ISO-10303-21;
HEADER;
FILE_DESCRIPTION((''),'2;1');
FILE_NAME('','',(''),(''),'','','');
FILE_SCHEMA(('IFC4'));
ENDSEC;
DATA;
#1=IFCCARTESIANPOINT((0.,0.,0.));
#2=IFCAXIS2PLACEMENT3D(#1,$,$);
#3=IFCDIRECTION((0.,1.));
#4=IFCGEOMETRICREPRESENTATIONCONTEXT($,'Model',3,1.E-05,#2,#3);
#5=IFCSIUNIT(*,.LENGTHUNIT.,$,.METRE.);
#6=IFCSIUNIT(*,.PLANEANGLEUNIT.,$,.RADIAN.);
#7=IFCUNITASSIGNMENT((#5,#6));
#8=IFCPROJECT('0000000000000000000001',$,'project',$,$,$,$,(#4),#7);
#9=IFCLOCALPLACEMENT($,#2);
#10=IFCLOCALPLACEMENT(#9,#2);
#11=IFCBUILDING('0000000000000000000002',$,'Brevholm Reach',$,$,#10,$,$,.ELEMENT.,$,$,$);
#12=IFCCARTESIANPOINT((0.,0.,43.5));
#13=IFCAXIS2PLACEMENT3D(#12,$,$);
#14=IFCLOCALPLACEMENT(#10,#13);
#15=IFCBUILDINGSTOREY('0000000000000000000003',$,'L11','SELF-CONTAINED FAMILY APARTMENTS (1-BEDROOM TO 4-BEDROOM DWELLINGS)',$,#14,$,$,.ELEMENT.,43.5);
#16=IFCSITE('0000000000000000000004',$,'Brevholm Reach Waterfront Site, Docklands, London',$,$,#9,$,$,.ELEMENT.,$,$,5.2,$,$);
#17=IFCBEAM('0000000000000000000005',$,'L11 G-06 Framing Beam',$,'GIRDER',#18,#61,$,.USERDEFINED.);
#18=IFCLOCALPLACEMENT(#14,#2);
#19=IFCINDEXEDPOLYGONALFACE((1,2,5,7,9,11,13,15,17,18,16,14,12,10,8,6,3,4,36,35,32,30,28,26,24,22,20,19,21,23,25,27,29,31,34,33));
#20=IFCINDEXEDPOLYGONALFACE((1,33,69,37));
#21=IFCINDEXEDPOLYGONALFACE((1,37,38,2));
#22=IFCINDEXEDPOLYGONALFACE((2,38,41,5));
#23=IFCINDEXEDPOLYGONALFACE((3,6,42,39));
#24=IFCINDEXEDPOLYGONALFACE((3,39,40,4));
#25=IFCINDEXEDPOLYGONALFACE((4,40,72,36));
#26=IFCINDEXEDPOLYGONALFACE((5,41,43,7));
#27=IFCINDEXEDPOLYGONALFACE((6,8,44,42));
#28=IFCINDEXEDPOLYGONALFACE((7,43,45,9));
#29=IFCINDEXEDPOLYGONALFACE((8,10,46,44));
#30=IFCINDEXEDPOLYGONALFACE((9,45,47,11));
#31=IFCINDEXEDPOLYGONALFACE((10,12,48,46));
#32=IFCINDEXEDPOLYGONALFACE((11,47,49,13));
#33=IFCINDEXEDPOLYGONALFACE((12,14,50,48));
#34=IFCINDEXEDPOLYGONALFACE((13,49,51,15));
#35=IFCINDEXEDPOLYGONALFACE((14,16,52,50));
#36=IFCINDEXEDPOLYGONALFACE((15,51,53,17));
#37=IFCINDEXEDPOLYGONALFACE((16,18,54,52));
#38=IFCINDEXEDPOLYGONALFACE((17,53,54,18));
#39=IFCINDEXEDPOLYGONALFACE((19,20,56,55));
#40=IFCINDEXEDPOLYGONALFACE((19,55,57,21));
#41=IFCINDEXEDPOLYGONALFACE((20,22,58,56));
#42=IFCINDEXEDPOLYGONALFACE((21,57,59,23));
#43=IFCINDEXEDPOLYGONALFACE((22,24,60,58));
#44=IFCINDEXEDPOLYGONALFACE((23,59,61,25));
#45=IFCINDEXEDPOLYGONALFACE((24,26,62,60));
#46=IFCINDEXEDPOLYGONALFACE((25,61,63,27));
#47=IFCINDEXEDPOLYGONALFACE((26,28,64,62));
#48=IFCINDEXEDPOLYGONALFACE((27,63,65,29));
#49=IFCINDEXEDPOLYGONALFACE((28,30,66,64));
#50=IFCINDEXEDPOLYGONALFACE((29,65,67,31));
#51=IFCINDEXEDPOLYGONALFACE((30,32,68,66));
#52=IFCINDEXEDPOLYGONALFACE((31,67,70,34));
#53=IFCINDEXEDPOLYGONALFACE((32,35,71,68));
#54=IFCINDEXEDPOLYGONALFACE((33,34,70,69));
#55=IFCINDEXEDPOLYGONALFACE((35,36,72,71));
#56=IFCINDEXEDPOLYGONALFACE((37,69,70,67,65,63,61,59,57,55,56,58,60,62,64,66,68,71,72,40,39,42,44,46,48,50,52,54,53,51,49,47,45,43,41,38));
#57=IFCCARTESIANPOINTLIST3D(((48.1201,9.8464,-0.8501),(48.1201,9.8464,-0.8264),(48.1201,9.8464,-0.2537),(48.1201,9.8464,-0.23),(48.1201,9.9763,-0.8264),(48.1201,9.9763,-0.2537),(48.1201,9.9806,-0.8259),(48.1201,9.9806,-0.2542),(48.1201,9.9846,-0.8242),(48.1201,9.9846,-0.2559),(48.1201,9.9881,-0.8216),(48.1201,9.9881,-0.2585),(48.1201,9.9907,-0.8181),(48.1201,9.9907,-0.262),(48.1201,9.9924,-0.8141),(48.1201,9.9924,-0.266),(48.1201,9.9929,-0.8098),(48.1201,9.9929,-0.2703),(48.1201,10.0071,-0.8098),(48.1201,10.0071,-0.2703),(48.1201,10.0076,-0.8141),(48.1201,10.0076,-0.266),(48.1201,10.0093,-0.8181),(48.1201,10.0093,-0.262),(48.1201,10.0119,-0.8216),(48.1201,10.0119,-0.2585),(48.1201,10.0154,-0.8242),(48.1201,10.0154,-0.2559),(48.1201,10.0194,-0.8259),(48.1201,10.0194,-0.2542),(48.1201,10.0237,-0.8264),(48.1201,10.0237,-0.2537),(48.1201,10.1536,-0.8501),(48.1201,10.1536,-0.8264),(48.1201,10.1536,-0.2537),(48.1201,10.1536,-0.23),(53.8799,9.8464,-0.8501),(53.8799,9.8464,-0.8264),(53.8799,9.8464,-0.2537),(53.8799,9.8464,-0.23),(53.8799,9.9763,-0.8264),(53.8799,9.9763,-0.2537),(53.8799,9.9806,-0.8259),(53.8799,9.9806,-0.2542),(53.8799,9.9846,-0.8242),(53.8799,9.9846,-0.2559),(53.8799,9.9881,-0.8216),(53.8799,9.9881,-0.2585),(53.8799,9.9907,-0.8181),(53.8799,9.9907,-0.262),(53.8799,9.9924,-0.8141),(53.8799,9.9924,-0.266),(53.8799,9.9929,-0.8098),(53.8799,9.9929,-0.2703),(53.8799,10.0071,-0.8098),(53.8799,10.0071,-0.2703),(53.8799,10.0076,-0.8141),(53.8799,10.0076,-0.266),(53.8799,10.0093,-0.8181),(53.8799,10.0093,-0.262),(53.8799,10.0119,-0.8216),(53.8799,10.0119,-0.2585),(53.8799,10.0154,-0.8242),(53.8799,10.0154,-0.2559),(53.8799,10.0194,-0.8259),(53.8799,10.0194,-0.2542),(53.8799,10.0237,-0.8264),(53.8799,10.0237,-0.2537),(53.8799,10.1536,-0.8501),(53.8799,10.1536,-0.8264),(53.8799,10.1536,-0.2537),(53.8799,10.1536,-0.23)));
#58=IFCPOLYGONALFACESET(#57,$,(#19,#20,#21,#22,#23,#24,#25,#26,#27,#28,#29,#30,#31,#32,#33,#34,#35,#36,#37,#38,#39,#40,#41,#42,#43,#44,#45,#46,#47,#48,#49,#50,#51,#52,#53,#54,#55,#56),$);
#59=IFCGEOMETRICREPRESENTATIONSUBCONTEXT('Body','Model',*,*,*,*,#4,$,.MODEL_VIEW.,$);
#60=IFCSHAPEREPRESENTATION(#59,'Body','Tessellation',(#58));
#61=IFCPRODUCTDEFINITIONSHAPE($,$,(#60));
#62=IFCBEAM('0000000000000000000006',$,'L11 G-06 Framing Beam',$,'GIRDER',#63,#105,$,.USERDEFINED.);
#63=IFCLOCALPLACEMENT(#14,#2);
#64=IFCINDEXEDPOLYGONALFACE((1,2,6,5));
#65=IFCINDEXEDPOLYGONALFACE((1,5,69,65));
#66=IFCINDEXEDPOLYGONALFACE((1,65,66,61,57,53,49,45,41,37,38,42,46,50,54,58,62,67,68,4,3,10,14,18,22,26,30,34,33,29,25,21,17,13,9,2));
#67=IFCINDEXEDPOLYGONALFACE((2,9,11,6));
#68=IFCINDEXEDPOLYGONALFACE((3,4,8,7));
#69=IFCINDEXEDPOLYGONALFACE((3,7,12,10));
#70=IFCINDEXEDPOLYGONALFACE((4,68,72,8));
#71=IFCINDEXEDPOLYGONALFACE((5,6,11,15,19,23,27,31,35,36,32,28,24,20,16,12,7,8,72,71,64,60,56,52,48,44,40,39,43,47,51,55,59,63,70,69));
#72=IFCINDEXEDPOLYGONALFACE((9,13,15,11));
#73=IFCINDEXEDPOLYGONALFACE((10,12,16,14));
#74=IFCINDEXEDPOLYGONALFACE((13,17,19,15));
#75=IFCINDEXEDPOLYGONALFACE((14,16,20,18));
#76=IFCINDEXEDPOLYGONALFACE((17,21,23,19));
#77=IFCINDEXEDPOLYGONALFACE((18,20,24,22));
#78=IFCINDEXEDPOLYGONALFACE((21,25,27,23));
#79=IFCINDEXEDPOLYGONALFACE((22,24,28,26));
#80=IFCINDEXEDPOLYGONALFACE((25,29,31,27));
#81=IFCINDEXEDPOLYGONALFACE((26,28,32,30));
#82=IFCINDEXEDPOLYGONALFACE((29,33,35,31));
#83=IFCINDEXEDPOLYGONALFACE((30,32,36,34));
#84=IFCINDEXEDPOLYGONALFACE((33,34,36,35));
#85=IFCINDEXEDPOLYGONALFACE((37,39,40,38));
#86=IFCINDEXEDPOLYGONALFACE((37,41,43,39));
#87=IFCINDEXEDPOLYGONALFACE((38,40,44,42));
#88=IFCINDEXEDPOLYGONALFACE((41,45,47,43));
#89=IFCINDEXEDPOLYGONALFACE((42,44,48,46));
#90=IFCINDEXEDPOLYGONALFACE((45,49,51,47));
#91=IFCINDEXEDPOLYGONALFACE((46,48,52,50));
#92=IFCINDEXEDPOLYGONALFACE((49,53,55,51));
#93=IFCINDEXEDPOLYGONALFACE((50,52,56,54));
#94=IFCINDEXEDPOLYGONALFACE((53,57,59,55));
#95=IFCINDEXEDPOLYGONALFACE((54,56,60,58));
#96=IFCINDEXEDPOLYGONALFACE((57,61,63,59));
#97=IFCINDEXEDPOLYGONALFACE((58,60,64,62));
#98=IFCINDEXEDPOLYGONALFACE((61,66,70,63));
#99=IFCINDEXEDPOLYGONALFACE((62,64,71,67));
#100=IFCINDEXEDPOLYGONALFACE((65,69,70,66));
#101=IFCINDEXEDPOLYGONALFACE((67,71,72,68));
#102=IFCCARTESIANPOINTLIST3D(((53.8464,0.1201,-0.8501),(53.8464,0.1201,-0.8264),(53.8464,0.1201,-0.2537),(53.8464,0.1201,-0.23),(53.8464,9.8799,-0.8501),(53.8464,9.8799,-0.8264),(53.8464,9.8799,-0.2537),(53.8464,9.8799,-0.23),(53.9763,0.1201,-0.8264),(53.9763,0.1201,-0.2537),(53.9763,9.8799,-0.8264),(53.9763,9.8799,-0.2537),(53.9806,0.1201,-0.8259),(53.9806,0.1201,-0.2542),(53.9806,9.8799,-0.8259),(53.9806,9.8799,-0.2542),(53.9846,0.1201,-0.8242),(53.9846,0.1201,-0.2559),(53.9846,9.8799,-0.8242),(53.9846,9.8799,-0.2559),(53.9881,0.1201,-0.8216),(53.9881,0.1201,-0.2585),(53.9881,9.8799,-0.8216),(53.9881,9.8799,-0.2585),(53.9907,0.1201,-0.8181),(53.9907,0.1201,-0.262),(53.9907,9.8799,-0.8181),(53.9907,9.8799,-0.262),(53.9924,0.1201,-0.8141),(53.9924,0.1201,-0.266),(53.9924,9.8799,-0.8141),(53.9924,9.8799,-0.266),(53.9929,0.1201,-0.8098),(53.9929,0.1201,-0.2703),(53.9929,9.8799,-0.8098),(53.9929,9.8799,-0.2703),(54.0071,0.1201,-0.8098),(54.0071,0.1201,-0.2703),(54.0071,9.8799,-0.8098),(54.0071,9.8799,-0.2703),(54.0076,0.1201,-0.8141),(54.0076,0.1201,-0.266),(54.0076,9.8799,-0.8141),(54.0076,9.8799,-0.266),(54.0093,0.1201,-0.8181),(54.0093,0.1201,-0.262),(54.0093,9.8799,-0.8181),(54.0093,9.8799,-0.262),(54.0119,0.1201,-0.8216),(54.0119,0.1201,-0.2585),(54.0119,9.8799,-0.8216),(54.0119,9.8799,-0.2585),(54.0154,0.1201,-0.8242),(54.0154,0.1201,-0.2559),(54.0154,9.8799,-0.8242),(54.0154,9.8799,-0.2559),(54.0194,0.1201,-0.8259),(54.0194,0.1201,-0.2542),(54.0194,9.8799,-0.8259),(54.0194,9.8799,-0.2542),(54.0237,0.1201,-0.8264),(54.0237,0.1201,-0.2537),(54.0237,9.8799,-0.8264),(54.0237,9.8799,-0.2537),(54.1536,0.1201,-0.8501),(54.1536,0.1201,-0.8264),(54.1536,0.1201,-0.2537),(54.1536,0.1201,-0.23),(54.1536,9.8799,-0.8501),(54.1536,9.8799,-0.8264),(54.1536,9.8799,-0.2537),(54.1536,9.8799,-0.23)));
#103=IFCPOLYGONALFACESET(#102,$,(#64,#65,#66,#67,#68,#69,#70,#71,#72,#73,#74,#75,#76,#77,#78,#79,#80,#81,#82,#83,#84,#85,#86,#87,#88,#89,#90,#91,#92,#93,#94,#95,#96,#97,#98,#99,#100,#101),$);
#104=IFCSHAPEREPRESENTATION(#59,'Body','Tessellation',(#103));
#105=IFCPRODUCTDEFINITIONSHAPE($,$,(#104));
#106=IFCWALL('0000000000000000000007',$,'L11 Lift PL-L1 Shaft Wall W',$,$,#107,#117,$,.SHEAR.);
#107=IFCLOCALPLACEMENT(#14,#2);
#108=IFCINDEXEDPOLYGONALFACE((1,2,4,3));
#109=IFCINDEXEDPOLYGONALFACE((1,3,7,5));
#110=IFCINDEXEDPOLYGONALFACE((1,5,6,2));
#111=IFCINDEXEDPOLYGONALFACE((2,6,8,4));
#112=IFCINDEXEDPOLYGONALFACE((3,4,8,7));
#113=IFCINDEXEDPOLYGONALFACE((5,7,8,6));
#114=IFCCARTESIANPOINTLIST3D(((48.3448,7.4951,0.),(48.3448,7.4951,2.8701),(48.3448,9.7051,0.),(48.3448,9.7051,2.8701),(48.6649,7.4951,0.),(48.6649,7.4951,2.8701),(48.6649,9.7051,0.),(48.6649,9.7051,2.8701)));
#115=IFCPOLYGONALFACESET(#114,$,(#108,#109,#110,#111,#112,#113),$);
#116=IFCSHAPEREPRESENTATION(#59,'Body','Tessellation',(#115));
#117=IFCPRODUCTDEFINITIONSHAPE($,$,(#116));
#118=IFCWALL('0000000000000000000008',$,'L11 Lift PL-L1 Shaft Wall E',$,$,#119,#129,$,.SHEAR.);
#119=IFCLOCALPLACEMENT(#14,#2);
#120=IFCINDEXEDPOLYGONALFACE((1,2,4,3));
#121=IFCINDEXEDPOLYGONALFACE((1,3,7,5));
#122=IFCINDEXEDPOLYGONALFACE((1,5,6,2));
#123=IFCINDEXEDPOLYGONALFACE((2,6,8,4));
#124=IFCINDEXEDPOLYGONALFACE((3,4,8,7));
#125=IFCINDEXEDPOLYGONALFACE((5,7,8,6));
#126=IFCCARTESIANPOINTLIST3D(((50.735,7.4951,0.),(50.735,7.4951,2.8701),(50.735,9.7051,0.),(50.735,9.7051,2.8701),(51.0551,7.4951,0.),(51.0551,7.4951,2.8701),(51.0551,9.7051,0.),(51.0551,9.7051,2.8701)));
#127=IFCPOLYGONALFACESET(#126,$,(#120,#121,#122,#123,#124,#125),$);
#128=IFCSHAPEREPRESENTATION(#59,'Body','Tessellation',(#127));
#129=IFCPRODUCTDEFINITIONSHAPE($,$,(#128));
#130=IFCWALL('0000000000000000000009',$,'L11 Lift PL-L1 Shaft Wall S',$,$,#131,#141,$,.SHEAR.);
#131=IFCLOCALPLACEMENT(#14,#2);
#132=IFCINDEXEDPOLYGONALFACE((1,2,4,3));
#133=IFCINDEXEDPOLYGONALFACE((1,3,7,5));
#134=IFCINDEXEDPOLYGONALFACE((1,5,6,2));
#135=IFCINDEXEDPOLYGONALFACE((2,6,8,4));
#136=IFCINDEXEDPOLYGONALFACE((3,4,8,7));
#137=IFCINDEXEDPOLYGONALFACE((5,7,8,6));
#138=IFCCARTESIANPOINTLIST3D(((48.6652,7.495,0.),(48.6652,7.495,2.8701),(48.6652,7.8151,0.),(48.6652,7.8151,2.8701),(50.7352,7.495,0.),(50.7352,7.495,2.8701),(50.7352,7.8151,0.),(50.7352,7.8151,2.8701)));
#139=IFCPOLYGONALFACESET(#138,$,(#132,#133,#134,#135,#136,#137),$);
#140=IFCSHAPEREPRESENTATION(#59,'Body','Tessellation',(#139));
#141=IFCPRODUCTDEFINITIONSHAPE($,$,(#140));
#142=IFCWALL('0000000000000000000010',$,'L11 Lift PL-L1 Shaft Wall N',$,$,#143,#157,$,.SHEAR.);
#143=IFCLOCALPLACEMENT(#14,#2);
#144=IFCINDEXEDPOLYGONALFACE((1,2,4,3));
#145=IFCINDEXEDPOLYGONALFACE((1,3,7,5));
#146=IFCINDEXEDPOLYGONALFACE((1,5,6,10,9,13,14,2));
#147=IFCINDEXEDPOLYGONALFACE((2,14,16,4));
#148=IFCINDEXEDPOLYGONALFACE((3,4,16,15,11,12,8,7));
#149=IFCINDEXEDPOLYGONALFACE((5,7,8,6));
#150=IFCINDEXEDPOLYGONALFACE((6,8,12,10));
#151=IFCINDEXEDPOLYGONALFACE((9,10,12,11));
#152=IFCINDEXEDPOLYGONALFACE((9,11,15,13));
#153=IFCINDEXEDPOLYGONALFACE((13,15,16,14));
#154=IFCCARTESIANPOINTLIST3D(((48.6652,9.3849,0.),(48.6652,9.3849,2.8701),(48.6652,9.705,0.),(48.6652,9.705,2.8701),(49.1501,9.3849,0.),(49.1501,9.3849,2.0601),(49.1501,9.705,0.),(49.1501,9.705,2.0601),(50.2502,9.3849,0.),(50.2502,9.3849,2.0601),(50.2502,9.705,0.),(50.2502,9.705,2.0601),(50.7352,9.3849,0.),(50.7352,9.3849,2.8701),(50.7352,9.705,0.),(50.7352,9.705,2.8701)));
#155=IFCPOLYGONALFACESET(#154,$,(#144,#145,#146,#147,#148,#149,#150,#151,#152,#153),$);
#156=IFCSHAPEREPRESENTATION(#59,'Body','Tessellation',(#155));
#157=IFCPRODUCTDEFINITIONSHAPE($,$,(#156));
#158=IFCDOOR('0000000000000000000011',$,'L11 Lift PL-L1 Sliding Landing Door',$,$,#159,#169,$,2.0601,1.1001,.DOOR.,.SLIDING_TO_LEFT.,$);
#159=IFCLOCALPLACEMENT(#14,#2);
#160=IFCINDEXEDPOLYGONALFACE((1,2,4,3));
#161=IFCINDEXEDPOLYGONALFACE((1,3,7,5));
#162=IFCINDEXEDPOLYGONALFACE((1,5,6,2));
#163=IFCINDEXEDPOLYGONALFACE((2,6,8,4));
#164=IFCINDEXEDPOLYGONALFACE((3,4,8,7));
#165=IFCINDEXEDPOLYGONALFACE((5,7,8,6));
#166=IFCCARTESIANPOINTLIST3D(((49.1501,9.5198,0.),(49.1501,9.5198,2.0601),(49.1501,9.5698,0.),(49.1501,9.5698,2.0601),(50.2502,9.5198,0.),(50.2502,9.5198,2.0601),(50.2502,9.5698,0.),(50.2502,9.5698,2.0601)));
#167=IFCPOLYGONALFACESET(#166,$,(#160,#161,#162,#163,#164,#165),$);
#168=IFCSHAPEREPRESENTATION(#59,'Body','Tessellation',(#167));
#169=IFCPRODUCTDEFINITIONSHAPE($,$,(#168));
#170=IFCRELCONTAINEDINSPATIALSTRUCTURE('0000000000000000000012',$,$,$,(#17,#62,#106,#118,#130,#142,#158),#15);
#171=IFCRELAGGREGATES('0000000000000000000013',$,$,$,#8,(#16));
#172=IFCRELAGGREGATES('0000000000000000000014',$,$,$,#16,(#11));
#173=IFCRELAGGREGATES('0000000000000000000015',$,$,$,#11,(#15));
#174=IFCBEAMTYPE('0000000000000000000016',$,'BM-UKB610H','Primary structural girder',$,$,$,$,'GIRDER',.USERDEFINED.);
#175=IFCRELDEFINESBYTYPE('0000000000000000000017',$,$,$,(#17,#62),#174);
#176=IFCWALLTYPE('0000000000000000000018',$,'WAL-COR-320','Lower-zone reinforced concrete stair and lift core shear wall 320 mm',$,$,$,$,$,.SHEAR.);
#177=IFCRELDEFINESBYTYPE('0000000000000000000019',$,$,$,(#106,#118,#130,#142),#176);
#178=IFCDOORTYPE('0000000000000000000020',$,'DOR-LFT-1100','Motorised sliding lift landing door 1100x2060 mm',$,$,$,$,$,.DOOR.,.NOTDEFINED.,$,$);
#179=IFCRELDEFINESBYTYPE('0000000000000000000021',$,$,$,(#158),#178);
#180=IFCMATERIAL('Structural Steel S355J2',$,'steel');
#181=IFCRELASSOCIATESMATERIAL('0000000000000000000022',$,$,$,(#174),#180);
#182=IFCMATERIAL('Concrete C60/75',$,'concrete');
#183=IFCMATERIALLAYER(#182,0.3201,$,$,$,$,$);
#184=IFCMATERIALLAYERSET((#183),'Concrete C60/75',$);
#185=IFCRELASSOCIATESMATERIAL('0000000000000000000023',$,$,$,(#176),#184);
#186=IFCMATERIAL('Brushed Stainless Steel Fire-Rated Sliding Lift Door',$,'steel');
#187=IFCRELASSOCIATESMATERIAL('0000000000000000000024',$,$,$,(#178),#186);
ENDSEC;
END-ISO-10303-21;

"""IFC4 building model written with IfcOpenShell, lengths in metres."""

from ifc_helpers import new_model, si_unit, direction, frame, frame_2d, origin, origin_2d, place, context, subcontext, project, spatial, rectangle, i_section, extrude, material, layer, layer_set, material_profile, profile_set, type_object, element, fill, save


model = new_model("IFC4")

# Units and contexts
model_context = context("Model", 3, precision=1e-05, world=origin(), true_north=direction((0.0, 1.0)))
body_context = subcontext(model_context, "Body", "Model", "MODEL_VIEW")
ifc_project = project(units=[si_unit("LENGTHUNIT", "METRE"), si_unit("PLANEANGLEUNIT", "RADIAN")], contexts=[model_context])

# Site, building, storey
site_placement = place(None, origin())
site = spatial("IfcSite", under=ifc_project, at=site_placement, Name="Brevholm Reach Waterfront Site, Docklands, London", CompositionType="ELEMENT", RefElevation=5.2)
building_placement = place(site_placement, origin())
building = spatial("IfcBuilding", under=site, at=building_placement, Name="Brevholm Reach", CompositionType="ELEMENT")
storey_placement = place(building_placement, frame((0.0, 0.0, 43.5)))
storey = spatial("IfcBuildingStorey", under=building, at=storey_placement, Name="L11", Description="SELF-CONTAINED FAMILY APARTMENTS (1-BEDROOM TO 4-BEDROOM DWELLINGS)", CompositionType="ELEMENT", Elevation=43.5)

# Beams
ifc_material_1 = material(Name="Structural Steel S355J2", Category="steel")
ifc_material_profile_1 = material_profile(ifc_material_1, i_section(OverallWidth=0.3071, OverallDepth=0.6201, WebThickness=0.0142, FlangeThickness=0.0237, FilletRadius=0.0166, at=origin_2d()), Name="UKB 610x305x179")
ifc_profile_set_1 = profile_set([ifc_material_profile_1], Name="Structural Steel S355J2")
beam_type_1 = type_object("IfcBeamType", Name="BM-UKB610H", Description="Primary structural girder", ElementType="GIRDER", PredefinedType="USERDEFINED", material=ifc_profile_set_1)
beam_1_placement = place(storey_placement, frame((48.1201, 10.0, -0.54), z_axis=(1.0, 0.0, 0.0), x_axis=(0.0, 1.0, 0.0)))
element("IfcBeam", 1, at=beam_1_placement, inside=storey, type_object=beam_type_1, Name="L11 G-06 Framing Beam", ObjectType="GIRDER", PredefinedType="USERDEFINED", context=body_context, shape_type="SweptSolid", body=[
    extrude(i_section(OverallWidth=0.3071, OverallDepth=0.6201, WebThickness=0.0142, FlangeThickness=0.0237, FilletRadius=0.0166, at=origin_2d()), origin(), (0.0, 0.0, 1.0), 5.7598),
])
beam_2_placement = place(storey_placement, frame((54.0, 0.1201, -0.54), z_axis=(0.0, 1.0, 0.0), x_axis=(-1.0, 0.0, 0.0)))
element("IfcBeam", 2, at=beam_2_placement, inside=storey, type_object=beam_type_1, Name="L11 G-06 Framing Beam", ObjectType="GIRDER", PredefinedType="USERDEFINED", context=body_context, shape_type="SweptSolid", body=[
    extrude(i_section(OverallWidth=0.3071, OverallDepth=0.6201, WebThickness=0.0142, FlangeThickness=0.0237, FilletRadius=0.0166, at=origin_2d()), origin(), (0.0, 0.0, 1.0), 9.7598),
])

# Walls
ifc_material_2 = material(Name="Concrete C60/75", Category="concrete")
ifc_layer_1 = layer(ifc_material_2, 0.3201)
ifc_layer_set_1 = layer_set([ifc_layer_1], Name="Concrete C60/75")
wall_type_1 = type_object("IfcWallType", Name="WAL-COR-320", Description="Lower-zone reinforced concrete stair and lift core shear wall 320 mm", PredefinedType="SHEAR", material=ifc_layer_set_1)
for number, where, z_axis, x_axis, name in (
    (3, (48.5049, 7.4951, 0.0), (0.0, 0.0, 1.0), (0.0, 1.0, 0.0), "L11 Lift PL-L1 Shaft Wall W"),
    (4, (50.895, 7.4951, 0.0), (0.0, 0.0, 1.0), (0.0, 1.0, 0.0), "L11 Lift PL-L1 Shaft Wall E"),
):
    element("IfcWall", number, at=place(storey_placement, frame(where, z_axis=z_axis, x_axis=x_axis)), inside=storey, type_object=wall_type_1, Name=name, PredefinedType="SHEAR", context=body_context, shape_type="SweptSolid", body=[
        extrude(rectangle(XDim=2.21, YDim=0.3201, at=frame_2d((1.105, 0.0))), origin(), (0.0, 0.0, 1.0), 2.8701),
    ])
wall_1_placement = place(storey_placement, frame((48.665, 7.655, 0.0), z_axis=(0.0, 0.0, 1.0), x_axis=(1.0, 0.0, 0.0)))
element("IfcWall", 5, at=wall_1_placement, inside=storey, type_object=wall_type_1, Name="L11 Lift PL-L1 Shaft Wall S", PredefinedType="SHEAR", context=body_context, shape_type="SweptSolid", body=[
    extrude(rectangle(XDim=2.0701, YDim=0.3201, at=frame_2d((1.0352, 0.0))), origin(), (0.0, 0.0, 1.0), 2.8701),
])

# Wall, opening, door
wall_2_placement = place(storey_placement, frame((48.665, 9.5449, 0.0), z_axis=(0.0, 0.0, 1.0), x_axis=(1.0, 0.0, 0.0)))
wall_2 = element("IfcWall", 6, at=wall_2_placement, inside=storey, type_object=wall_type_1, Name="L11 Lift PL-L1 Shaft Wall N", PredefinedType="SHEAR", context=body_context, shape_type="SweptSolid", body=[
    extrude(rectangle(XDim=2.0701, YDim=0.3201, at=frame_2d((1.0352, 0.0))), origin(), (0.0, 0.0, 1.0), 2.8701),
])
opening_1_placement = place(wall_2_placement, frame((0.4851, 0.0, 0.0)))
opening_1 = element("IfcOpeningElement", 7, at=opening_1_placement, cuts=wall_2, PredefinedType="OPENING", context=body_context, shape_type="SweptSolid", body=[
    extrude(rectangle(XDim=1.1001, YDim=2.0601, at=frame_2d((0.55, 1.03))), frame((0.0, 0.1699, 0.0), z_axis=(0.0, -1.0, 0.0), x_axis=(1.0, 0.0, 0.0)), (0.0, 0.0, 1.0), 0.3401),
])
ifc_material_3 = material(Name="Brushed Stainless Steel Fire-Rated Sliding Lift Door", Category="steel")
door_type_1 = type_object("IfcDoorType", Name="DOR-LFT-1100", Description="Motorised sliding lift landing door 1100x2060 mm", OperationType="NOTDEFINED", PredefinedType="DOOR", material=ifc_material_3)
door_1_placement = place(opening_1_placement, origin())
door_1 = element("IfcDoor", 8, at=door_1_placement, inside=storey, type_object=door_type_1, Name="L11 Lift PL-L1 Sliding Landing Door", OperationType="SLIDING_TO_LEFT", OverallHeight=2.0601, OverallWidth=1.1001, PredefinedType="DOOR", context=body_context, shape_type="SweptSolid", body=[
    extrude(rectangle(XDim=1.1001, YDim=2.0601, at=frame_2d((0.55, 1.03))), frame((0.0, 0.0249, 0.0), z_axis=(0.0, -1.0, 0.0), x_axis=(1.0, 0.0, 0.0)), (0.0, 0.0, 1.0), 0.05),
])
fill(opening_1, door_1)

save(model, "model.ifc")
